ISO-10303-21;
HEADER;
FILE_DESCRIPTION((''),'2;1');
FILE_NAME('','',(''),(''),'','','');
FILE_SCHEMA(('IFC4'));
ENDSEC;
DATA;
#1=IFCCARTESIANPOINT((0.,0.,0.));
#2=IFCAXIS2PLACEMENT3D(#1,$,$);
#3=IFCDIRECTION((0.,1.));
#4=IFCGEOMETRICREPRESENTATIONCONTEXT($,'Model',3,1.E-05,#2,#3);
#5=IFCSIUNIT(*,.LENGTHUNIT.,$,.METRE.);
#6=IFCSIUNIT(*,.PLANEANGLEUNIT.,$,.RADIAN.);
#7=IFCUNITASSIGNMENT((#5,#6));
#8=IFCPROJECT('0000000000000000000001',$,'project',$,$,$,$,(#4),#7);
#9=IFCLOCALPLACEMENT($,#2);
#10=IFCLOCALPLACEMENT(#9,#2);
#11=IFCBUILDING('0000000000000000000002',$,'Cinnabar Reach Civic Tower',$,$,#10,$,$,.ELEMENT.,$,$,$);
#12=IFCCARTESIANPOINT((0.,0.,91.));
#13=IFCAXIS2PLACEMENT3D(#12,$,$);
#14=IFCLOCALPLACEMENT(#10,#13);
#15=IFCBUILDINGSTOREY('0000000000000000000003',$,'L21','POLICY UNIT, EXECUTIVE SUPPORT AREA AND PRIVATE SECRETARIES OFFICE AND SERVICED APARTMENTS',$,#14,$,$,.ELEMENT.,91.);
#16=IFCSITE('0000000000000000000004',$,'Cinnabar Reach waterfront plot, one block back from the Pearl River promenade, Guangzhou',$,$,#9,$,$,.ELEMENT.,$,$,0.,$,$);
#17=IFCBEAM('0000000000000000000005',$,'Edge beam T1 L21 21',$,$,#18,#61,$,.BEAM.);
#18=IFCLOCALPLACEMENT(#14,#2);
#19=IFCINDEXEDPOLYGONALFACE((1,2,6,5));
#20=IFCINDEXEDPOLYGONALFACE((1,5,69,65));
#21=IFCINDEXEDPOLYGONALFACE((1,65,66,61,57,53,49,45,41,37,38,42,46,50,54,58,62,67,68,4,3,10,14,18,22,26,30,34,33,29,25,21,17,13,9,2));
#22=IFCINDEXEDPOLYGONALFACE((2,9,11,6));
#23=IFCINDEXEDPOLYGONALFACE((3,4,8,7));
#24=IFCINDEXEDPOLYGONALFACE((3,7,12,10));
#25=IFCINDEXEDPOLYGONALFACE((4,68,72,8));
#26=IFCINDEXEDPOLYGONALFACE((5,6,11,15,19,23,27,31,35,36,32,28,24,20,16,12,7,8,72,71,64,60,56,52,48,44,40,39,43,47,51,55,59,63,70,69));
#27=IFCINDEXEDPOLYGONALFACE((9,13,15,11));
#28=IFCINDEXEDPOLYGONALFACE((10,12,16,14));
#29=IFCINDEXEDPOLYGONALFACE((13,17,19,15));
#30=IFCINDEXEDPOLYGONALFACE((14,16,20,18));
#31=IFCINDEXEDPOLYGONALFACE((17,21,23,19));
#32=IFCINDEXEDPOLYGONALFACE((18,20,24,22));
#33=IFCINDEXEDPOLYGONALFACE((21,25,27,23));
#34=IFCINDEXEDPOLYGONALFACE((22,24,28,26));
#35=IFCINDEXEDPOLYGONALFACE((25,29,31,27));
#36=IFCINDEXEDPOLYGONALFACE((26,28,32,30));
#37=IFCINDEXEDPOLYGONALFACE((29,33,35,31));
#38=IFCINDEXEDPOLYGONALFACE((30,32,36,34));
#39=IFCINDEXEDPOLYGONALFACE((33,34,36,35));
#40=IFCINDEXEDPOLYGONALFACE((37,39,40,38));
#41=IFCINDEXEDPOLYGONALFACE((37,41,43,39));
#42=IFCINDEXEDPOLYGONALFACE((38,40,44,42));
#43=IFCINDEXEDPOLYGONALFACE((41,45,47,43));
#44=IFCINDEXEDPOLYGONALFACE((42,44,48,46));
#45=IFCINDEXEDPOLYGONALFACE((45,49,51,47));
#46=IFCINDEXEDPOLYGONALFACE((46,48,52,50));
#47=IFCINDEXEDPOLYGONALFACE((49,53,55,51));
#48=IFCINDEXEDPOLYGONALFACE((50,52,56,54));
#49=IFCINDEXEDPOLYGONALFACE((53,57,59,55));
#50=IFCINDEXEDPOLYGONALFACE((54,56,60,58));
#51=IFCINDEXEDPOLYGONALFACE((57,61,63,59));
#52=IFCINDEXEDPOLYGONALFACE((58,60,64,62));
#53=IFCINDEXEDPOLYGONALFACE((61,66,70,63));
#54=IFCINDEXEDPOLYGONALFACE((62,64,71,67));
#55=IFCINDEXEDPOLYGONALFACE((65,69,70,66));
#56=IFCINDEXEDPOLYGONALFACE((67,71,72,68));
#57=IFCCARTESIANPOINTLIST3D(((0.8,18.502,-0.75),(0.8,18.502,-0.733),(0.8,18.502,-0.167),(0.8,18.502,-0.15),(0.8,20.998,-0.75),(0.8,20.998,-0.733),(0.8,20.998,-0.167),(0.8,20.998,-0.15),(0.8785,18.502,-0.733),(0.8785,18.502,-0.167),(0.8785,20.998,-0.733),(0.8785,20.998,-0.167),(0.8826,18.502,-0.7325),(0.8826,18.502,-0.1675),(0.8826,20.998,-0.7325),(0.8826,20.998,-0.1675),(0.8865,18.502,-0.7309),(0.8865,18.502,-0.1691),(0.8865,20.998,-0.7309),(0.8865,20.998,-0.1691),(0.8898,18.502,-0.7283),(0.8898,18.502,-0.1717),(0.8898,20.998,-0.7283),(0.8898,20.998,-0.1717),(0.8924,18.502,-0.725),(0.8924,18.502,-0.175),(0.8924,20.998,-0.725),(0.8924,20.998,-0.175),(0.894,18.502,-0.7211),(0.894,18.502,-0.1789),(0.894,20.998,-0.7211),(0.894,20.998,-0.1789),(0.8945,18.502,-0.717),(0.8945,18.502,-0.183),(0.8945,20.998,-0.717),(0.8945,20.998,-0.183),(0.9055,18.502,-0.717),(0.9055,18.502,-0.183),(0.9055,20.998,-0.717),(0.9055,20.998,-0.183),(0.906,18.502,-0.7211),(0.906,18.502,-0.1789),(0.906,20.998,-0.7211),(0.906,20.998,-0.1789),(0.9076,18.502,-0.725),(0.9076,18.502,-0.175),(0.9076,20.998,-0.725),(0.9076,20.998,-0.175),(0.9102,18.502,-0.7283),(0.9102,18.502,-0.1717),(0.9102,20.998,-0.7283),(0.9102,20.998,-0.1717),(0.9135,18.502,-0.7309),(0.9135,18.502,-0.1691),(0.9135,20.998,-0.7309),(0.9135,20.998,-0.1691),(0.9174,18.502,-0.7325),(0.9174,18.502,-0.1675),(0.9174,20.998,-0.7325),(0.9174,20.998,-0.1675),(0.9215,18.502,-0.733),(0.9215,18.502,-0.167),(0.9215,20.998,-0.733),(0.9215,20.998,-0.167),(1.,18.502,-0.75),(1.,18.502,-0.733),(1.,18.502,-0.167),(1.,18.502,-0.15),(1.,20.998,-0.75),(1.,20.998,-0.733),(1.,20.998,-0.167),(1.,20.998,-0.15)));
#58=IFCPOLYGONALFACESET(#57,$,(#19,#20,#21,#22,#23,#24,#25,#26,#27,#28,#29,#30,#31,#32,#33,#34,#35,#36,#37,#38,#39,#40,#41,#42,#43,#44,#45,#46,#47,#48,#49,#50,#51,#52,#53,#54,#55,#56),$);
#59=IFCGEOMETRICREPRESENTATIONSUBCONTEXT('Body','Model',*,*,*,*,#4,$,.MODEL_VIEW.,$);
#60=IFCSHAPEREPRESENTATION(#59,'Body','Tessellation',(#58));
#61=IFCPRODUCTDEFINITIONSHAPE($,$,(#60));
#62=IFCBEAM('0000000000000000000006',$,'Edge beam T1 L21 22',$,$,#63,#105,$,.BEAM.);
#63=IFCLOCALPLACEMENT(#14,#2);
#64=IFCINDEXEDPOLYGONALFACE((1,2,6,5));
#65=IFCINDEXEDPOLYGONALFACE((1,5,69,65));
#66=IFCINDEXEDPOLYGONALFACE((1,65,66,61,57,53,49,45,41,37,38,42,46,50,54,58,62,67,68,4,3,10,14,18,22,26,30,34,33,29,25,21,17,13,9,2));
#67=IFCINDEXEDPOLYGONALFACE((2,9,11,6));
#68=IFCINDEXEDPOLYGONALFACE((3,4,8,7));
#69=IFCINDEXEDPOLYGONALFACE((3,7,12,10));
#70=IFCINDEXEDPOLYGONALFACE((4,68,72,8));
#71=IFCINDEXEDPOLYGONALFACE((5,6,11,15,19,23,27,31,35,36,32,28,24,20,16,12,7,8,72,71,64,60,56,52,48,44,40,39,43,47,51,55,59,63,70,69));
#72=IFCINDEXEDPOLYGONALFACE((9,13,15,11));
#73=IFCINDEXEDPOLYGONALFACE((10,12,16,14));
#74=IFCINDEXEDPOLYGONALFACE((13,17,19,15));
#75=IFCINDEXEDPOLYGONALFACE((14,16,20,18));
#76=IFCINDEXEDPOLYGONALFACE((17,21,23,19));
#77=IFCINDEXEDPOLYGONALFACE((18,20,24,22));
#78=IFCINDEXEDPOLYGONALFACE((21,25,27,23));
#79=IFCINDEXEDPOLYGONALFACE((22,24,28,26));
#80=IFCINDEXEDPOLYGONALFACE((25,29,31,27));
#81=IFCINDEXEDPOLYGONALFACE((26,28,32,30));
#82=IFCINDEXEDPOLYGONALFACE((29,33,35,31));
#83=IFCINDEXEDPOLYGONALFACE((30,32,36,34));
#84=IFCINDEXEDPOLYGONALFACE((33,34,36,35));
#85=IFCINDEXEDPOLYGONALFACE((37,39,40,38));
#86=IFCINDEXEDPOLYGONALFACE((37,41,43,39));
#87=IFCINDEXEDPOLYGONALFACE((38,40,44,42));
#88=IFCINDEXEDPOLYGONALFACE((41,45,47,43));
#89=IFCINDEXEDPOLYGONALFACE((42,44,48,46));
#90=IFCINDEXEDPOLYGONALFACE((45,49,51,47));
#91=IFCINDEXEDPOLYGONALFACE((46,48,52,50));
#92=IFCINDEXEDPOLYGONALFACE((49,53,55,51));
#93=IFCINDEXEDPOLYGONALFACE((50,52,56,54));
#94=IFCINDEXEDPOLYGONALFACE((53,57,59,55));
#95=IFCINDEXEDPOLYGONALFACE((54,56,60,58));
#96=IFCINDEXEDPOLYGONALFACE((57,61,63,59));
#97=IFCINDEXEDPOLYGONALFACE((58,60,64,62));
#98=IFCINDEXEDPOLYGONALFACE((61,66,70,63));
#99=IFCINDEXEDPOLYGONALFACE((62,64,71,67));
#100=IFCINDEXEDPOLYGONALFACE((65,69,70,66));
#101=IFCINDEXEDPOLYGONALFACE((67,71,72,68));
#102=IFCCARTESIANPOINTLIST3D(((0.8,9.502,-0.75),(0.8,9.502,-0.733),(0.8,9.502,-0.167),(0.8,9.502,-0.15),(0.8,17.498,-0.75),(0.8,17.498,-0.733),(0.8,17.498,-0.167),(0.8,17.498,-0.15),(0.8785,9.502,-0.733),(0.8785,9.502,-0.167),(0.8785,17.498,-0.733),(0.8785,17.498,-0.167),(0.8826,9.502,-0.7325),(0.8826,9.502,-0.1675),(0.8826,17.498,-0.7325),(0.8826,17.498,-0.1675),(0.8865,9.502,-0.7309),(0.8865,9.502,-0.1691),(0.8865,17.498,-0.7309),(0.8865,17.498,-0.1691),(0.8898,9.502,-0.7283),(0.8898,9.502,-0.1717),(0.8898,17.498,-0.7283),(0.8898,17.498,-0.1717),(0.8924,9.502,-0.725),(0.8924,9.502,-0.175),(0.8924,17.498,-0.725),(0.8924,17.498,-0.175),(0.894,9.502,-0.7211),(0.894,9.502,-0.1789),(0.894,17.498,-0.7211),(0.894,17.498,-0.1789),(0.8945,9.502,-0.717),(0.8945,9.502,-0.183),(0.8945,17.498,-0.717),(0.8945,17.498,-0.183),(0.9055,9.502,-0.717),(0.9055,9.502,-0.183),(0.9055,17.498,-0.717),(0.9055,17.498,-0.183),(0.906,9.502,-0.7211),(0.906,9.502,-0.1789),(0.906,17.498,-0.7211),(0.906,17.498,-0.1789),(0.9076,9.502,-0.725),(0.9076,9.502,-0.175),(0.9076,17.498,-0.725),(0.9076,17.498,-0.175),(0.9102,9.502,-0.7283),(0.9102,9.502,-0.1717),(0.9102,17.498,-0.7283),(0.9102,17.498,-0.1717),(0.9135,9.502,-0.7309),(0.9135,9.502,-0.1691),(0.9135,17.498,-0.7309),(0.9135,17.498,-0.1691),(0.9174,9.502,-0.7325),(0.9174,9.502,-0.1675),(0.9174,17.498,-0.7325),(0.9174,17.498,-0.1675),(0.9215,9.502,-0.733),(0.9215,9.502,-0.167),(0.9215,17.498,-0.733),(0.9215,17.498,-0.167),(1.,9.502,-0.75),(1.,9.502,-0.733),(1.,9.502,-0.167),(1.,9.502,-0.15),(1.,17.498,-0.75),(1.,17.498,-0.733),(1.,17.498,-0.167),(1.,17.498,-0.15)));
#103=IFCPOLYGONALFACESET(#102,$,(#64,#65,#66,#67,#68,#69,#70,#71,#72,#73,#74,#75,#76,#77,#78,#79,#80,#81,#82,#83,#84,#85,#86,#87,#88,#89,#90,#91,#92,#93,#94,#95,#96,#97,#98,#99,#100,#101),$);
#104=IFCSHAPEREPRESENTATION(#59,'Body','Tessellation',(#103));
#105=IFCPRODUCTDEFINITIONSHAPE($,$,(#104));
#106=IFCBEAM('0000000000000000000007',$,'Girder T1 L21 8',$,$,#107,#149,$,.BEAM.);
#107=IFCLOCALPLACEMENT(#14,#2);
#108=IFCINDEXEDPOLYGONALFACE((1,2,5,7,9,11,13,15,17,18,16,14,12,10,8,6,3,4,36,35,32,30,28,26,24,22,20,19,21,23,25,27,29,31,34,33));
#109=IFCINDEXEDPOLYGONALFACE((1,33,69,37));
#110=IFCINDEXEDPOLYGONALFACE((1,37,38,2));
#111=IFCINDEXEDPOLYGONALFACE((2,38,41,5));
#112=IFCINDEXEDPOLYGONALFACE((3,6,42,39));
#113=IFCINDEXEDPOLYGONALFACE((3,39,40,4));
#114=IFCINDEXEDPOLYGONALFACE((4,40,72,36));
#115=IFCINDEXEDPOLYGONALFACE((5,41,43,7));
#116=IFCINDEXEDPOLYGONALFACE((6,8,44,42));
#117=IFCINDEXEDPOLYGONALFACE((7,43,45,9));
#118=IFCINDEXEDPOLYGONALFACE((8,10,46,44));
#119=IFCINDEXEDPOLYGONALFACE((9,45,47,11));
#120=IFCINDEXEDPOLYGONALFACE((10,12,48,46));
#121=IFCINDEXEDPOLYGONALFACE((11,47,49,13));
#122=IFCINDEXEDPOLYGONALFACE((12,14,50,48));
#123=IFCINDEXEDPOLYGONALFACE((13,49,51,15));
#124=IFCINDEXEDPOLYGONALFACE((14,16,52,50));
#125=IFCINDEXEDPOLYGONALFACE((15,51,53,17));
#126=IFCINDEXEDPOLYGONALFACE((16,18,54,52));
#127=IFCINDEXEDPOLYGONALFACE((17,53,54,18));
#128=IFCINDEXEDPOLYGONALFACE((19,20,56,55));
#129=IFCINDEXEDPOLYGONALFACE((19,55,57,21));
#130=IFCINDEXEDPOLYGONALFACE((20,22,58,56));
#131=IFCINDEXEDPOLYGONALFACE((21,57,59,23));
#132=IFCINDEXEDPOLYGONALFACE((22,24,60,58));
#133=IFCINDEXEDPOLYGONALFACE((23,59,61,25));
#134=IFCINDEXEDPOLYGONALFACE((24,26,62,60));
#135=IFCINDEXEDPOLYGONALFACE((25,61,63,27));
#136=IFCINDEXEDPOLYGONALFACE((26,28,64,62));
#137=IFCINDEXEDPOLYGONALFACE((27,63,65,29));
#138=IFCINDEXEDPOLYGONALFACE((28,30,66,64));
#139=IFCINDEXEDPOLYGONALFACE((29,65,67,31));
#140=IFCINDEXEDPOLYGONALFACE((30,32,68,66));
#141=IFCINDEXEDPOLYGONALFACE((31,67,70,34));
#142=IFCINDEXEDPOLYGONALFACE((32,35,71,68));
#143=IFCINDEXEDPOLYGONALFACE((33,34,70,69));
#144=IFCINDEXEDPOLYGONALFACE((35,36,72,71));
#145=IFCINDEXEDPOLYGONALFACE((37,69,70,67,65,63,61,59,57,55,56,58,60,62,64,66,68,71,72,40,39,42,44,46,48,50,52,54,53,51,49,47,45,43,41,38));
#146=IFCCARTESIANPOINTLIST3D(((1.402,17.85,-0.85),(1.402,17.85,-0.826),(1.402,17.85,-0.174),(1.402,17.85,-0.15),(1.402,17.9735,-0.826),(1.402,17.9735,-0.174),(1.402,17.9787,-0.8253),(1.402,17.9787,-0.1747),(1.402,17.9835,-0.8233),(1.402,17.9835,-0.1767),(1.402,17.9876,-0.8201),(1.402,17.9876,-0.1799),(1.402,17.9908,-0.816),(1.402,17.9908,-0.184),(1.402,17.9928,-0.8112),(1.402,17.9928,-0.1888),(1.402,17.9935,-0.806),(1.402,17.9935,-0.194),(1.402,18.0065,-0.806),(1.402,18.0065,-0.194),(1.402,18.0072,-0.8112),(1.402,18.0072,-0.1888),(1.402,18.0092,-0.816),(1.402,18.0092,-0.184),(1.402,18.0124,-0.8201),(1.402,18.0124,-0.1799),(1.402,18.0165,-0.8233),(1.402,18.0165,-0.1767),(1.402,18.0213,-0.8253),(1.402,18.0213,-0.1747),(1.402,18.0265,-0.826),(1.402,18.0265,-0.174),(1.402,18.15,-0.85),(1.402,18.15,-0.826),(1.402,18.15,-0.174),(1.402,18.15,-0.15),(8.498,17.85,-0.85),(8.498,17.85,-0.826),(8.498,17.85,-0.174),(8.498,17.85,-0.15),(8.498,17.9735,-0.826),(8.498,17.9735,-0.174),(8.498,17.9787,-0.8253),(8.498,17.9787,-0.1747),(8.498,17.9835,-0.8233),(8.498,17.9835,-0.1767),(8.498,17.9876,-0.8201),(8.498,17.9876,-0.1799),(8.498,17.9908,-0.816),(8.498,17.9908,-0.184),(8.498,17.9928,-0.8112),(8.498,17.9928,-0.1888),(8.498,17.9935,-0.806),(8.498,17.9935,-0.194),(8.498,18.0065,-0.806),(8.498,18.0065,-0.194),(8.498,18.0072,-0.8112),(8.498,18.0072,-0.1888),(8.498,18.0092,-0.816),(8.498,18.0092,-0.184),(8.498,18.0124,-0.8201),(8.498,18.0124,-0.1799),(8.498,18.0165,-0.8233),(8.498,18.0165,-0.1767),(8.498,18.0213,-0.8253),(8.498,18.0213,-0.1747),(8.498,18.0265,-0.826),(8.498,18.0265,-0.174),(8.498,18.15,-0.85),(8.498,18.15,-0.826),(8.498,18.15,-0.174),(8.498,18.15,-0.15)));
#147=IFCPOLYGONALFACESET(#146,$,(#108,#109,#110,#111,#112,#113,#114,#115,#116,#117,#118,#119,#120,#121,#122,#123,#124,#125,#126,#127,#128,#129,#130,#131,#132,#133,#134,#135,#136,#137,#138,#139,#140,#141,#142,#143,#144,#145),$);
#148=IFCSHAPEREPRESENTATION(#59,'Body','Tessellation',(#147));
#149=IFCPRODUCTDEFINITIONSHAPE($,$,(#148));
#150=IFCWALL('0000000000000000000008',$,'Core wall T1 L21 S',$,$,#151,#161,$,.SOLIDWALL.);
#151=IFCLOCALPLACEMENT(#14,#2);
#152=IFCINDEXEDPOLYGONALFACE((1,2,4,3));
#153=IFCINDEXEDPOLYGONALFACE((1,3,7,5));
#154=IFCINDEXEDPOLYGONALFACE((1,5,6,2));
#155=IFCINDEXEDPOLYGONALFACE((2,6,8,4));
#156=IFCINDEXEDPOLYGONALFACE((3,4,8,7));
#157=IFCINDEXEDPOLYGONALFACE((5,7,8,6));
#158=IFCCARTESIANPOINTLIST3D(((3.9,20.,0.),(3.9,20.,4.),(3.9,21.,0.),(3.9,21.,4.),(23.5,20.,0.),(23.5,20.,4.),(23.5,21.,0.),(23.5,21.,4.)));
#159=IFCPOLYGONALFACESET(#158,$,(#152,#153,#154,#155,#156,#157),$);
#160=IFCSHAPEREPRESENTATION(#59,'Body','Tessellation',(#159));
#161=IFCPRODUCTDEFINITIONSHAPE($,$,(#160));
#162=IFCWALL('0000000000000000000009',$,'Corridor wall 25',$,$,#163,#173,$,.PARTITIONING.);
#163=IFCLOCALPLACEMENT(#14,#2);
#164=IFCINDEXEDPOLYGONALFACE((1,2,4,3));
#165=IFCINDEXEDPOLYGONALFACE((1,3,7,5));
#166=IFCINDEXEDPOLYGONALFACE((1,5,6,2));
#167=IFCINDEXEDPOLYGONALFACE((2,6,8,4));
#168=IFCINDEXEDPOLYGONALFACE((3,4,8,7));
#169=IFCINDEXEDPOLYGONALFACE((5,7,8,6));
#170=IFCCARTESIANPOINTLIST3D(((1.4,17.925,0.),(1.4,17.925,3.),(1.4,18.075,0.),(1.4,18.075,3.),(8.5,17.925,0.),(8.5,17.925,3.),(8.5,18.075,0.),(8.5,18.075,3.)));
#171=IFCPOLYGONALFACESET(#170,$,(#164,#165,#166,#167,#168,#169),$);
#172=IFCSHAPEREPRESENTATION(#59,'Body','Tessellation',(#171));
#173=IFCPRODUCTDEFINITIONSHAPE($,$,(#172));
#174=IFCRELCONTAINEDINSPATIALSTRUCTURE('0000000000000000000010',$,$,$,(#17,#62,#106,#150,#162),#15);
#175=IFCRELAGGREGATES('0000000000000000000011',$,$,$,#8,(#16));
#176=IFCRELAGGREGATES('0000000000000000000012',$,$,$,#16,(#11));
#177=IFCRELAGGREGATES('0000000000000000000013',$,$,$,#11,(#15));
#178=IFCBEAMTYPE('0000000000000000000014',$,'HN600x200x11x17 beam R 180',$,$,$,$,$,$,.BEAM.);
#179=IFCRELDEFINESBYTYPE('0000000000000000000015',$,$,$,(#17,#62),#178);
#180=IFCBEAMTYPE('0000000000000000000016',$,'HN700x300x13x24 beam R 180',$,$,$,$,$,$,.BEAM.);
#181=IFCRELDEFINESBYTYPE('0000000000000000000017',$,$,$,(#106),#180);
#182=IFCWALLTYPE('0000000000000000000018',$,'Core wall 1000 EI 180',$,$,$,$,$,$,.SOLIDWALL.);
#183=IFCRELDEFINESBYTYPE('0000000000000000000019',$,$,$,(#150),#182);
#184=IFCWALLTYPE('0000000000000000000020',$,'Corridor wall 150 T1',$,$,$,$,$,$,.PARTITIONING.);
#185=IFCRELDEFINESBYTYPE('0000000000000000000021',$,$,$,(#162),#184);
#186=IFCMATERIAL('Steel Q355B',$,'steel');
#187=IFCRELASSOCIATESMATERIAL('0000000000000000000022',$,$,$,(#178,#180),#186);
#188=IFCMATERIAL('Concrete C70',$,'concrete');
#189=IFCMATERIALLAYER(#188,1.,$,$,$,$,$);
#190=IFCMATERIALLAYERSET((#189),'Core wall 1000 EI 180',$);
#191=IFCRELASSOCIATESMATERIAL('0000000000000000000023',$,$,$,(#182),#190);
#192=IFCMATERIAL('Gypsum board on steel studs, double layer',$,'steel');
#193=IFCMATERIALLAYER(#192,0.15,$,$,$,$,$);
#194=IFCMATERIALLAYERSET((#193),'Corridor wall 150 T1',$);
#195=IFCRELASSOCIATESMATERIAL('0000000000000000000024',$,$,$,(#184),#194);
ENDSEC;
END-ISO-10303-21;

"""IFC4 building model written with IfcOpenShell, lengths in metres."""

from ifc_helpers import new_model, si_unit, direction, frame, frame_2d, origin, origin_2d, place, context, subcontext, project, spatial, rectangle, i_section, extrude, material, layer, layer_set, material_profile, profile_set, type_object, element, save


model = new_model("IFC4")

# Units and contexts
model_context = context("Model", 3, precision=1e-05, world=origin(), true_north=direction((0.0, 1.0)))
body_context = subcontext(model_context, "Body", "Model", "MODEL_VIEW")
ifc_project = project(units=[si_unit("LENGTHUNIT", "METRE"), si_unit("PLANEANGLEUNIT", "RADIAN")], contexts=[model_context])

# Site, building, storey
site_placement = place(None, origin())
site = spatial("IfcSite", under=ifc_project, at=site_placement, Name="Cinnabar Reach waterfront plot, one block back from the Pearl River promenade, Guangzhou", CompositionType="ELEMENT", RefElevation=0.0)
building_placement = place(site_placement, origin())
building = spatial("IfcBuilding", under=site, at=building_placement, Name="Cinnabar Reach Civic Tower", CompositionType="ELEMENT")
storey_placement = place(building_placement, frame((0.0, 0.0, 91.0)))
storey = spatial("IfcBuildingStorey", under=building, at=storey_placement, Name="L21", Description="POLICY UNIT, EXECUTIVE SUPPORT AREA AND PRIVATE SECRETARIES OFFICE AND SERVICED APARTMENTS", CompositionType="ELEMENT", Elevation=91.0)

# Shared definitions
ifc_material_1 = material(Name="Concrete C70", Category="concrete")

# Beams
ifc_material_2 = material(Name="Steel Q355B", Category="steel")
ifc_material_profile_1 = material_profile(ifc_material_2, i_section(OverallWidth=0.2, OverallDepth=0.6, WebThickness=0.011, FlangeThickness=0.017, FilletRadius=0.016, at=origin_2d()), Name="HN600x200x11x17")
ifc_profile_set_1 = profile_set([ifc_material_profile_1], Name="Steel Q355B")
beam_type_1 = type_object("IfcBeamType", Name="HN600x200x11x17 beam R 180", PredefinedType="BEAM", material=ifc_profile_set_1)
beam_1_placement = place(storey_placement, frame((0.9, 20.998, -0.45), z_axis=(0.0, -1.0, 0.0), x_axis=(1.0, 0.0, 0.0)))
element("IfcBeam", 1, at=beam_1_placement, inside=storey, type_object=beam_type_1, Name="Edge beam T1 L21 21", PredefinedType="BEAM", context=body_context, shape_type="SweptSolid", body=[
    extrude(i_section(OverallWidth=0.2, OverallDepth=0.6, WebThickness=0.011, FlangeThickness=0.017, FilletRadius=0.016, at=origin_2d()), origin(), (0.0, 0.0, 1.0), 2.496),
])
beam_2_placement = place(storey_placement, frame((0.9, 17.498, -0.45), z_axis=(0.0, -1.0, 0.0), x_axis=(1.0, 0.0, 0.0)))
element("IfcBeam", 2, at=beam_2_placement, inside=storey, type_object=beam_type_1, Name="Edge beam T1 L21 22", PredefinedType="BEAM", context=body_context, shape_type="SweptSolid", body=[
    extrude(i_section(OverallWidth=0.2, OverallDepth=0.6, WebThickness=0.011, FlangeThickness=0.017, FilletRadius=0.016, at=origin_2d()), origin(), (0.0, 0.0, 1.0), 7.996),
])
ifc_material_profile_2 = material_profile(ifc_material_2, i_section(OverallWidth=0.3, OverallDepth=0.7, WebThickness=0.013, FlangeThickness=0.024, FilletRadius=0.02, at=origin_2d()), Name="HN700x300x13x24")
ifc_profile_set_2 = profile_set([ifc_material_profile_2], Name="Steel Q355B")
beam_type_2 = type_object("IfcBeamType", Name="HN700x300x13x24 beam R 180", PredefinedType="BEAM", material=ifc_profile_set_2)
beam_3_placement = place(storey_placement, frame((1.402, 18.0, -0.5), z_axis=(1.0, 0.0, 0.0), x_axis=(0.0, 1.0, 0.0)))
element("IfcBeam", 3, at=beam_3_placement, inside=storey, type_object=beam_type_2, Name="Girder T1 L21 8", PredefinedType="BEAM", context=body_context, shape_type="SweptSolid", body=[
    extrude(i_section(OverallWidth=0.3, OverallDepth=0.7, WebThickness=0.013, FlangeThickness=0.024, FilletRadius=0.02, at=origin_2d()), origin(), (0.0, 0.0, 1.0), 7.096),
])

# Walls
ifc_layer_1 = layer(ifc_material_1, 1.0)
ifc_layer_set_1 = layer_set([ifc_layer_1], Name="Core wall 1000 EI 180")
wall_type_1 = type_object("IfcWallType", Name="Core wall 1000 EI 180", PredefinedType="SOLIDWALL", material=ifc_layer_set_1)
wall_1_placement = place(storey_placement, frame((3.9, 20.5, 0.0), z_axis=(0.0, 0.0, 1.0), x_axis=(1.0, 0.0, 0.0)))
element("IfcWall", 4, at=wall_1_placement, inside=storey, type_object=wall_type_1, Name="Core wall T1 L21 S", PredefinedType="SOLIDWALL", context=body_context, shape_type="SweptSolid", body=[
    extrude(rectangle(XDim=19.6, YDim=1.0, at=frame_2d((9.8, 0.0))), origin(), (0.0, 0.0, 1.0), 4.0),
])
ifc_material_3 = material(Name="Gypsum board on steel studs, double layer", Category="steel")
ifc_layer_2 = layer(ifc_material_3, 0.15)
ifc_layer_set_2 = layer_set([ifc_layer_2], Name="Corridor wall 150 T1")
wall_type_2 = type_object("IfcWallType", Name="Corridor wall 150 T1", PredefinedType="PARTITIONING", material=ifc_layer_set_2)
wall_2_placement = place(storey_placement, frame((1.4, 18.0, 0.0), z_axis=(0.0, 0.0, 1.0), x_axis=(1.0, 0.0, 0.0)))
element("IfcWall", 5, at=wall_2_placement, inside=storey, type_object=wall_type_2, Name="Corridor wall 25", PredefinedType="PARTITIONING", context=body_context, shape_type="SweptSolid", body=[
    extrude(rectangle(XDim=7.1, YDim=0.15, at=frame_2d((3.55, 0.0))), origin(), (0.0, 0.0, 1.0), 3.0),
])

save(model, "model.ifc")
